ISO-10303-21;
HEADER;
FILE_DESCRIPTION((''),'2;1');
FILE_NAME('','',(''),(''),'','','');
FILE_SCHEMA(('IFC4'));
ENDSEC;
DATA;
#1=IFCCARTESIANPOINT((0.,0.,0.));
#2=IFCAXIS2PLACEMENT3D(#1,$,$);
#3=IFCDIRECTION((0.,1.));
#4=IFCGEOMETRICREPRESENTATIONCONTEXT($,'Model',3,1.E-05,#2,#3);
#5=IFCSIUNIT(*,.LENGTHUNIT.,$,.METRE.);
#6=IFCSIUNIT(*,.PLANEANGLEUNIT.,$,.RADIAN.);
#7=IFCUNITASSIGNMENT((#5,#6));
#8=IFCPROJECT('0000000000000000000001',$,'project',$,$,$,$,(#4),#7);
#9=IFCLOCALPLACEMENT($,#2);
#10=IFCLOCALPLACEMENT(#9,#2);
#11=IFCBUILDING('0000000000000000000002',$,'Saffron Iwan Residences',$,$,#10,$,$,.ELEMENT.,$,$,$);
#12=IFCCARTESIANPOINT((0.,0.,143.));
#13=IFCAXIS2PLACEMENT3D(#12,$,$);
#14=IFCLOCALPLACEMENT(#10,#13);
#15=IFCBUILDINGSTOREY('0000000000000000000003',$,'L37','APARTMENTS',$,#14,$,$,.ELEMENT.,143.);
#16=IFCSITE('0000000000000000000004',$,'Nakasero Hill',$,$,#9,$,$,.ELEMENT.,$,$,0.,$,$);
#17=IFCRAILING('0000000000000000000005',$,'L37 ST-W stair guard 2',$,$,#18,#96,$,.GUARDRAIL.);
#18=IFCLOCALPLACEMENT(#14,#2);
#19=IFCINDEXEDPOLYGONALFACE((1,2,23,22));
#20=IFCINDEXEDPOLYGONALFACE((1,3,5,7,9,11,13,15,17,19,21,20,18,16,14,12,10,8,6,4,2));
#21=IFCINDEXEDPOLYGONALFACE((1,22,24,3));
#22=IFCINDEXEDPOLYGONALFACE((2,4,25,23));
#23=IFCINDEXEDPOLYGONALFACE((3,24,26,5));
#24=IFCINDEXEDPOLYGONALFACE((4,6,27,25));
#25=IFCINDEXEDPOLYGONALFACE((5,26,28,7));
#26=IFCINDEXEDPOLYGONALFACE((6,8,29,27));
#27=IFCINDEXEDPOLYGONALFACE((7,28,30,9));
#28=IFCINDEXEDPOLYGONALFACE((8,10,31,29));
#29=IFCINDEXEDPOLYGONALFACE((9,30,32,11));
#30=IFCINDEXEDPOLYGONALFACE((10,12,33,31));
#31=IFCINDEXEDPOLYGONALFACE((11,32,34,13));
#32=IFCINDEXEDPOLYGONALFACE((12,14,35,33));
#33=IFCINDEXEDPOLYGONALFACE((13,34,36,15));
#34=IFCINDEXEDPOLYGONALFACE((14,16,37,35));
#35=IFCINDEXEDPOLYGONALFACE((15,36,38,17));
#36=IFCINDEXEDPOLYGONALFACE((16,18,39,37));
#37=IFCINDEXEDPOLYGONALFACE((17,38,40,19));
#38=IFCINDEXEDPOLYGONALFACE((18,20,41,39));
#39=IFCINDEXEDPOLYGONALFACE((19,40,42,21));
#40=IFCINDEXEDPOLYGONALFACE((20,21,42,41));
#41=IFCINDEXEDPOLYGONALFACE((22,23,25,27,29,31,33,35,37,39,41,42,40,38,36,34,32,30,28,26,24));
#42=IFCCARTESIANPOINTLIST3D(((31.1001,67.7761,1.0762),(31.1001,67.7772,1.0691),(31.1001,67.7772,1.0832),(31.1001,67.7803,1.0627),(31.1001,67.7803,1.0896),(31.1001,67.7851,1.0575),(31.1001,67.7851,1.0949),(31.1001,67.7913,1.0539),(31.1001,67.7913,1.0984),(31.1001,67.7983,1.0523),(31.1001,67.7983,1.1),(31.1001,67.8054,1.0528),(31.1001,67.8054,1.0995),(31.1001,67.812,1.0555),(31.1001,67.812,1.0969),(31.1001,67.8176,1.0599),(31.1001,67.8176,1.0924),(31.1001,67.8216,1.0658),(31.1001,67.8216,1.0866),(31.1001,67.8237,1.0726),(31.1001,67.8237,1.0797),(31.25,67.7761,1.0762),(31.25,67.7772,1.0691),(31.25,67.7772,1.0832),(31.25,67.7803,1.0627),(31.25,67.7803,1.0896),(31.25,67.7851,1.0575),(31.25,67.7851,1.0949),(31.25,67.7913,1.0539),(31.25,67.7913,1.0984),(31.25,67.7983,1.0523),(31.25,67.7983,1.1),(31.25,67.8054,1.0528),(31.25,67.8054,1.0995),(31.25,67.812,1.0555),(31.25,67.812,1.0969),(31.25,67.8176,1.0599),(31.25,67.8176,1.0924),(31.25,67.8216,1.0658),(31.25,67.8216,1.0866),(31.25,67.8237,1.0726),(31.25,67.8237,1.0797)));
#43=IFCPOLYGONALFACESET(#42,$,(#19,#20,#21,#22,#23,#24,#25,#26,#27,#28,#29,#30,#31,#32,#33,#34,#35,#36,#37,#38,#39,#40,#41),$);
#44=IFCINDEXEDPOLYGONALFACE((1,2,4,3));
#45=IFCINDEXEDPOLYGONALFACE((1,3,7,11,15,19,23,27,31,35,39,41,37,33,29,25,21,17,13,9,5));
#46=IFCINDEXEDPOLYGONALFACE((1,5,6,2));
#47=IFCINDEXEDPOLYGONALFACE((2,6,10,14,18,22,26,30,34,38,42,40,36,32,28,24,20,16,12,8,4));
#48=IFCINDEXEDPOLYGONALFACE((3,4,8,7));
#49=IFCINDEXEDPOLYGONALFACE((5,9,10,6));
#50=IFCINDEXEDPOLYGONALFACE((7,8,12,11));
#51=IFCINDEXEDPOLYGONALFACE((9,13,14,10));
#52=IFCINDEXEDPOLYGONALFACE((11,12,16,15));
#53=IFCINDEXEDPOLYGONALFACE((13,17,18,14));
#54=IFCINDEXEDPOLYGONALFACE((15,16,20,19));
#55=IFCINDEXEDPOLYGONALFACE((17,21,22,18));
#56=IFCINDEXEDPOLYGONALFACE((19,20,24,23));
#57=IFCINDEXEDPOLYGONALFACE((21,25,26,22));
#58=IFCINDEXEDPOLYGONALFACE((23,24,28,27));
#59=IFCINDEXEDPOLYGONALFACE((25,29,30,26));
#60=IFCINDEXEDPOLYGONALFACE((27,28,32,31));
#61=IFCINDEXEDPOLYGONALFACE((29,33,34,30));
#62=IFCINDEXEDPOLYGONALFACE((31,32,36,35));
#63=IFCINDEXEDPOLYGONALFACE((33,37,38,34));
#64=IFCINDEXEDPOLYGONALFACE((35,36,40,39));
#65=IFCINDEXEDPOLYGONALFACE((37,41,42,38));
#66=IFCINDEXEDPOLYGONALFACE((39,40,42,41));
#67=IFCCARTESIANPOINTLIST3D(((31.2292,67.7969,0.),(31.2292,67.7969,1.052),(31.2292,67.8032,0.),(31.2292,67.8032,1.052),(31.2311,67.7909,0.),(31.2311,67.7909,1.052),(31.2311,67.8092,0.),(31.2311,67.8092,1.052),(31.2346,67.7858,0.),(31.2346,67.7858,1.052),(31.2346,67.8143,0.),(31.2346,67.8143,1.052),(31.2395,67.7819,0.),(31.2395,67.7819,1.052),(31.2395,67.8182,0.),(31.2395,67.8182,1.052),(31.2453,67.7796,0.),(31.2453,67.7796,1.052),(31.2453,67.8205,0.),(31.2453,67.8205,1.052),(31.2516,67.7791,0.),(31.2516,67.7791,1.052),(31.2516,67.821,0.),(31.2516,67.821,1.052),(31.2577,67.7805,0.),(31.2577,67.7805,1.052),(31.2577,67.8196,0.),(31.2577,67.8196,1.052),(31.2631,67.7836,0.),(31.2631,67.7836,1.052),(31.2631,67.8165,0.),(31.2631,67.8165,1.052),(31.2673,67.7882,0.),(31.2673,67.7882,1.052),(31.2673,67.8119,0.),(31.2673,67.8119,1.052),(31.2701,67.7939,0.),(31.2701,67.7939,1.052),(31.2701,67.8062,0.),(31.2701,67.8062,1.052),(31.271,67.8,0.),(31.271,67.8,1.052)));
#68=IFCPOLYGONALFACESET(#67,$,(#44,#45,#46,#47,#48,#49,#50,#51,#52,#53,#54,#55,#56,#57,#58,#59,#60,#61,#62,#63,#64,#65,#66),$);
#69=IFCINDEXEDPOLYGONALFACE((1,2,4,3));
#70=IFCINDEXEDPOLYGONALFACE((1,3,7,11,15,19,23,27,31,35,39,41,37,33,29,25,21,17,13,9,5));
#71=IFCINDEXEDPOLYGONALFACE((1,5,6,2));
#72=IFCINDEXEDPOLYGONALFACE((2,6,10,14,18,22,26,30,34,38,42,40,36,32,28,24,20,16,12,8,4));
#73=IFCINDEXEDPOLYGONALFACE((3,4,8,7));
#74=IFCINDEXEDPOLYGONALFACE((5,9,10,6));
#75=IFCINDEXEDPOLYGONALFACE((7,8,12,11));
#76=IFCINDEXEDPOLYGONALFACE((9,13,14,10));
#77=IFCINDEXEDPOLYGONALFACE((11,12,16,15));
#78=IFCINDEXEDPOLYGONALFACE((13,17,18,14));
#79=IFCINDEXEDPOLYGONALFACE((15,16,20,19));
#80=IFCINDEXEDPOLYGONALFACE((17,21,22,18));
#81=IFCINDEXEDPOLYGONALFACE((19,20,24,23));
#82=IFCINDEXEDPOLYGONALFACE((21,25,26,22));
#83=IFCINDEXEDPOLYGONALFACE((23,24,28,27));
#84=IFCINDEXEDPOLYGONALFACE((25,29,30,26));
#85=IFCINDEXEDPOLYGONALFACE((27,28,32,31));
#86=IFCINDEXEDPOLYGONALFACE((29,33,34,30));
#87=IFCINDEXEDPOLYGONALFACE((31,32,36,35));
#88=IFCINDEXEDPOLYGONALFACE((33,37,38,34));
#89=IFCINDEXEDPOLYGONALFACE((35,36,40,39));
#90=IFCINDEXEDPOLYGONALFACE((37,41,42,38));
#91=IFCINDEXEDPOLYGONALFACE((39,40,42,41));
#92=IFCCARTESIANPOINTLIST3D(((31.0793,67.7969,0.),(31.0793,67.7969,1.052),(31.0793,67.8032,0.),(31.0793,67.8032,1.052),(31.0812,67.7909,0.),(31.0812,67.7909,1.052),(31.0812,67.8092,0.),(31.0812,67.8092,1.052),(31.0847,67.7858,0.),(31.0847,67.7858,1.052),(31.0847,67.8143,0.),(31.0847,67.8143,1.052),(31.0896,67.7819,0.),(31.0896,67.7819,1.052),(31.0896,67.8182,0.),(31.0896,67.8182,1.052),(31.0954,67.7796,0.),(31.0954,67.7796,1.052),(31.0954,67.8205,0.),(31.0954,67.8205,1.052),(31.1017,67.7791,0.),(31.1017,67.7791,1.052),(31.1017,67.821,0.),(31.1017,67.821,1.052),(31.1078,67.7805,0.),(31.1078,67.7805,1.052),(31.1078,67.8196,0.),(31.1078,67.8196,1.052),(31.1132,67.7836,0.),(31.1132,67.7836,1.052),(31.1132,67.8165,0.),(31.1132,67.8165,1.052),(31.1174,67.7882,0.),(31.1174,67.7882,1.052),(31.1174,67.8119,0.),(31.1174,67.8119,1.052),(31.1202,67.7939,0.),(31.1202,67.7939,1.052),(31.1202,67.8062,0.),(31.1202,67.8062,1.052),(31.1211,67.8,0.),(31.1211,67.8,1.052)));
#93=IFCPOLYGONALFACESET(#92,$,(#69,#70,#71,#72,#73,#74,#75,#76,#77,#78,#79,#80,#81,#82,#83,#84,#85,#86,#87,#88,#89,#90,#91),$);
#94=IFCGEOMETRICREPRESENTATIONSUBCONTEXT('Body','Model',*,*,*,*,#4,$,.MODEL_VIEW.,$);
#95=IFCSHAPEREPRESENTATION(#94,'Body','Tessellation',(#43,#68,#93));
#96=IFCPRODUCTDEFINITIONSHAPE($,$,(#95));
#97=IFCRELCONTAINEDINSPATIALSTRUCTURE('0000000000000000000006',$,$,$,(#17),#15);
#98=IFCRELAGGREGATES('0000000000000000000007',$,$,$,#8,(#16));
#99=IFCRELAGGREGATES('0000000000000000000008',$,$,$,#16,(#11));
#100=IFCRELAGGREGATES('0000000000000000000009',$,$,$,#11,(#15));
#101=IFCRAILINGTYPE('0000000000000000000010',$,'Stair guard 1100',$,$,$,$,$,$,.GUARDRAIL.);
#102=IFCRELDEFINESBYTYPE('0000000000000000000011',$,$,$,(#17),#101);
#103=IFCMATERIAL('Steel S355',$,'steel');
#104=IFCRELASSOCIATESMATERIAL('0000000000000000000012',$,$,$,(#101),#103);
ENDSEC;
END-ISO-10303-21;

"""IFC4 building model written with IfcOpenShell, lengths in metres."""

from ifc_helpers import new_model, si_unit, direction, frame, origin, origin_2d, place, context, subcontext, project, spatial, circle, extrude, material, type_object, element, save


model = new_model("IFC4")

# Units and contexts
model_context = context("Model", 3, precision=1e-05, world=origin(), true_north=direction((0.0, 1.0)))
body_context = subcontext(model_context, "Body", "Model", "MODEL_VIEW")
ifc_project = project(units=[si_unit("LENGTHUNIT", "METRE"), si_unit("PLANEANGLEUNIT", "RADIAN")], contexts=[model_context])

# Site, building, storey
site_placement = place(None, origin())
site = spatial("IfcSite", under=ifc_project, at=site_placement, Name="Nakasero Hill", CompositionType="ELEMENT", RefElevation=0.0)
building_placement = place(site_placement, origin())
building = spatial("IfcBuilding", under=site, at=building_placement, Name="Saffron Iwan Residences", CompositionType="ELEMENT")
storey_placement = place(building_placement, frame((0.0, 0.0, 143.0)))
storey = spatial("IfcBuildingStorey", under=building, at=storey_placement, Name="L37", Description="APARTMENTS", CompositionType="ELEMENT", Elevation=143.0)

# Railing
ifc_material_1 = material(Name="Steel S355", Category="steel")
railing_type_1 = type_object("IfcRailingType", Name="Stair guard 1100", PredefinedType="GUARDRAIL", material=ifc_material_1)
railing_1_placement = place(storey_placement, frame((31.25, 67.8, 0.0)))
element("IfcRailing", 1, at=railing_1_placement, inside=storey, type_object=railing_type_1, Name="L37 ST-W stair guard 2", PredefinedType="GUARDRAIL", context=body_context, shape_type="SweptSolid", body=[
    extrude(circle(Radius=0.0239, at=origin_2d()), frame((0.0, 0.0, 1.0762), z_axis=(-1.0, 0.0, 0.0), x_axis=(0.0, -1.0, 0.0)), (0.0, 0.0, 1.0), 0.1499),
    extrude(circle(Radius=0.021, at=origin_2d()), origin(), (0.0, 0.0, 1.0), 1.052),
    extrude(circle(Radius=0.021, at=origin_2d()), frame((-0.1499, 0.0, 0.0)), (0.0, 0.0, 1.0), 1.052),
])

save(model, "model.ifc")
